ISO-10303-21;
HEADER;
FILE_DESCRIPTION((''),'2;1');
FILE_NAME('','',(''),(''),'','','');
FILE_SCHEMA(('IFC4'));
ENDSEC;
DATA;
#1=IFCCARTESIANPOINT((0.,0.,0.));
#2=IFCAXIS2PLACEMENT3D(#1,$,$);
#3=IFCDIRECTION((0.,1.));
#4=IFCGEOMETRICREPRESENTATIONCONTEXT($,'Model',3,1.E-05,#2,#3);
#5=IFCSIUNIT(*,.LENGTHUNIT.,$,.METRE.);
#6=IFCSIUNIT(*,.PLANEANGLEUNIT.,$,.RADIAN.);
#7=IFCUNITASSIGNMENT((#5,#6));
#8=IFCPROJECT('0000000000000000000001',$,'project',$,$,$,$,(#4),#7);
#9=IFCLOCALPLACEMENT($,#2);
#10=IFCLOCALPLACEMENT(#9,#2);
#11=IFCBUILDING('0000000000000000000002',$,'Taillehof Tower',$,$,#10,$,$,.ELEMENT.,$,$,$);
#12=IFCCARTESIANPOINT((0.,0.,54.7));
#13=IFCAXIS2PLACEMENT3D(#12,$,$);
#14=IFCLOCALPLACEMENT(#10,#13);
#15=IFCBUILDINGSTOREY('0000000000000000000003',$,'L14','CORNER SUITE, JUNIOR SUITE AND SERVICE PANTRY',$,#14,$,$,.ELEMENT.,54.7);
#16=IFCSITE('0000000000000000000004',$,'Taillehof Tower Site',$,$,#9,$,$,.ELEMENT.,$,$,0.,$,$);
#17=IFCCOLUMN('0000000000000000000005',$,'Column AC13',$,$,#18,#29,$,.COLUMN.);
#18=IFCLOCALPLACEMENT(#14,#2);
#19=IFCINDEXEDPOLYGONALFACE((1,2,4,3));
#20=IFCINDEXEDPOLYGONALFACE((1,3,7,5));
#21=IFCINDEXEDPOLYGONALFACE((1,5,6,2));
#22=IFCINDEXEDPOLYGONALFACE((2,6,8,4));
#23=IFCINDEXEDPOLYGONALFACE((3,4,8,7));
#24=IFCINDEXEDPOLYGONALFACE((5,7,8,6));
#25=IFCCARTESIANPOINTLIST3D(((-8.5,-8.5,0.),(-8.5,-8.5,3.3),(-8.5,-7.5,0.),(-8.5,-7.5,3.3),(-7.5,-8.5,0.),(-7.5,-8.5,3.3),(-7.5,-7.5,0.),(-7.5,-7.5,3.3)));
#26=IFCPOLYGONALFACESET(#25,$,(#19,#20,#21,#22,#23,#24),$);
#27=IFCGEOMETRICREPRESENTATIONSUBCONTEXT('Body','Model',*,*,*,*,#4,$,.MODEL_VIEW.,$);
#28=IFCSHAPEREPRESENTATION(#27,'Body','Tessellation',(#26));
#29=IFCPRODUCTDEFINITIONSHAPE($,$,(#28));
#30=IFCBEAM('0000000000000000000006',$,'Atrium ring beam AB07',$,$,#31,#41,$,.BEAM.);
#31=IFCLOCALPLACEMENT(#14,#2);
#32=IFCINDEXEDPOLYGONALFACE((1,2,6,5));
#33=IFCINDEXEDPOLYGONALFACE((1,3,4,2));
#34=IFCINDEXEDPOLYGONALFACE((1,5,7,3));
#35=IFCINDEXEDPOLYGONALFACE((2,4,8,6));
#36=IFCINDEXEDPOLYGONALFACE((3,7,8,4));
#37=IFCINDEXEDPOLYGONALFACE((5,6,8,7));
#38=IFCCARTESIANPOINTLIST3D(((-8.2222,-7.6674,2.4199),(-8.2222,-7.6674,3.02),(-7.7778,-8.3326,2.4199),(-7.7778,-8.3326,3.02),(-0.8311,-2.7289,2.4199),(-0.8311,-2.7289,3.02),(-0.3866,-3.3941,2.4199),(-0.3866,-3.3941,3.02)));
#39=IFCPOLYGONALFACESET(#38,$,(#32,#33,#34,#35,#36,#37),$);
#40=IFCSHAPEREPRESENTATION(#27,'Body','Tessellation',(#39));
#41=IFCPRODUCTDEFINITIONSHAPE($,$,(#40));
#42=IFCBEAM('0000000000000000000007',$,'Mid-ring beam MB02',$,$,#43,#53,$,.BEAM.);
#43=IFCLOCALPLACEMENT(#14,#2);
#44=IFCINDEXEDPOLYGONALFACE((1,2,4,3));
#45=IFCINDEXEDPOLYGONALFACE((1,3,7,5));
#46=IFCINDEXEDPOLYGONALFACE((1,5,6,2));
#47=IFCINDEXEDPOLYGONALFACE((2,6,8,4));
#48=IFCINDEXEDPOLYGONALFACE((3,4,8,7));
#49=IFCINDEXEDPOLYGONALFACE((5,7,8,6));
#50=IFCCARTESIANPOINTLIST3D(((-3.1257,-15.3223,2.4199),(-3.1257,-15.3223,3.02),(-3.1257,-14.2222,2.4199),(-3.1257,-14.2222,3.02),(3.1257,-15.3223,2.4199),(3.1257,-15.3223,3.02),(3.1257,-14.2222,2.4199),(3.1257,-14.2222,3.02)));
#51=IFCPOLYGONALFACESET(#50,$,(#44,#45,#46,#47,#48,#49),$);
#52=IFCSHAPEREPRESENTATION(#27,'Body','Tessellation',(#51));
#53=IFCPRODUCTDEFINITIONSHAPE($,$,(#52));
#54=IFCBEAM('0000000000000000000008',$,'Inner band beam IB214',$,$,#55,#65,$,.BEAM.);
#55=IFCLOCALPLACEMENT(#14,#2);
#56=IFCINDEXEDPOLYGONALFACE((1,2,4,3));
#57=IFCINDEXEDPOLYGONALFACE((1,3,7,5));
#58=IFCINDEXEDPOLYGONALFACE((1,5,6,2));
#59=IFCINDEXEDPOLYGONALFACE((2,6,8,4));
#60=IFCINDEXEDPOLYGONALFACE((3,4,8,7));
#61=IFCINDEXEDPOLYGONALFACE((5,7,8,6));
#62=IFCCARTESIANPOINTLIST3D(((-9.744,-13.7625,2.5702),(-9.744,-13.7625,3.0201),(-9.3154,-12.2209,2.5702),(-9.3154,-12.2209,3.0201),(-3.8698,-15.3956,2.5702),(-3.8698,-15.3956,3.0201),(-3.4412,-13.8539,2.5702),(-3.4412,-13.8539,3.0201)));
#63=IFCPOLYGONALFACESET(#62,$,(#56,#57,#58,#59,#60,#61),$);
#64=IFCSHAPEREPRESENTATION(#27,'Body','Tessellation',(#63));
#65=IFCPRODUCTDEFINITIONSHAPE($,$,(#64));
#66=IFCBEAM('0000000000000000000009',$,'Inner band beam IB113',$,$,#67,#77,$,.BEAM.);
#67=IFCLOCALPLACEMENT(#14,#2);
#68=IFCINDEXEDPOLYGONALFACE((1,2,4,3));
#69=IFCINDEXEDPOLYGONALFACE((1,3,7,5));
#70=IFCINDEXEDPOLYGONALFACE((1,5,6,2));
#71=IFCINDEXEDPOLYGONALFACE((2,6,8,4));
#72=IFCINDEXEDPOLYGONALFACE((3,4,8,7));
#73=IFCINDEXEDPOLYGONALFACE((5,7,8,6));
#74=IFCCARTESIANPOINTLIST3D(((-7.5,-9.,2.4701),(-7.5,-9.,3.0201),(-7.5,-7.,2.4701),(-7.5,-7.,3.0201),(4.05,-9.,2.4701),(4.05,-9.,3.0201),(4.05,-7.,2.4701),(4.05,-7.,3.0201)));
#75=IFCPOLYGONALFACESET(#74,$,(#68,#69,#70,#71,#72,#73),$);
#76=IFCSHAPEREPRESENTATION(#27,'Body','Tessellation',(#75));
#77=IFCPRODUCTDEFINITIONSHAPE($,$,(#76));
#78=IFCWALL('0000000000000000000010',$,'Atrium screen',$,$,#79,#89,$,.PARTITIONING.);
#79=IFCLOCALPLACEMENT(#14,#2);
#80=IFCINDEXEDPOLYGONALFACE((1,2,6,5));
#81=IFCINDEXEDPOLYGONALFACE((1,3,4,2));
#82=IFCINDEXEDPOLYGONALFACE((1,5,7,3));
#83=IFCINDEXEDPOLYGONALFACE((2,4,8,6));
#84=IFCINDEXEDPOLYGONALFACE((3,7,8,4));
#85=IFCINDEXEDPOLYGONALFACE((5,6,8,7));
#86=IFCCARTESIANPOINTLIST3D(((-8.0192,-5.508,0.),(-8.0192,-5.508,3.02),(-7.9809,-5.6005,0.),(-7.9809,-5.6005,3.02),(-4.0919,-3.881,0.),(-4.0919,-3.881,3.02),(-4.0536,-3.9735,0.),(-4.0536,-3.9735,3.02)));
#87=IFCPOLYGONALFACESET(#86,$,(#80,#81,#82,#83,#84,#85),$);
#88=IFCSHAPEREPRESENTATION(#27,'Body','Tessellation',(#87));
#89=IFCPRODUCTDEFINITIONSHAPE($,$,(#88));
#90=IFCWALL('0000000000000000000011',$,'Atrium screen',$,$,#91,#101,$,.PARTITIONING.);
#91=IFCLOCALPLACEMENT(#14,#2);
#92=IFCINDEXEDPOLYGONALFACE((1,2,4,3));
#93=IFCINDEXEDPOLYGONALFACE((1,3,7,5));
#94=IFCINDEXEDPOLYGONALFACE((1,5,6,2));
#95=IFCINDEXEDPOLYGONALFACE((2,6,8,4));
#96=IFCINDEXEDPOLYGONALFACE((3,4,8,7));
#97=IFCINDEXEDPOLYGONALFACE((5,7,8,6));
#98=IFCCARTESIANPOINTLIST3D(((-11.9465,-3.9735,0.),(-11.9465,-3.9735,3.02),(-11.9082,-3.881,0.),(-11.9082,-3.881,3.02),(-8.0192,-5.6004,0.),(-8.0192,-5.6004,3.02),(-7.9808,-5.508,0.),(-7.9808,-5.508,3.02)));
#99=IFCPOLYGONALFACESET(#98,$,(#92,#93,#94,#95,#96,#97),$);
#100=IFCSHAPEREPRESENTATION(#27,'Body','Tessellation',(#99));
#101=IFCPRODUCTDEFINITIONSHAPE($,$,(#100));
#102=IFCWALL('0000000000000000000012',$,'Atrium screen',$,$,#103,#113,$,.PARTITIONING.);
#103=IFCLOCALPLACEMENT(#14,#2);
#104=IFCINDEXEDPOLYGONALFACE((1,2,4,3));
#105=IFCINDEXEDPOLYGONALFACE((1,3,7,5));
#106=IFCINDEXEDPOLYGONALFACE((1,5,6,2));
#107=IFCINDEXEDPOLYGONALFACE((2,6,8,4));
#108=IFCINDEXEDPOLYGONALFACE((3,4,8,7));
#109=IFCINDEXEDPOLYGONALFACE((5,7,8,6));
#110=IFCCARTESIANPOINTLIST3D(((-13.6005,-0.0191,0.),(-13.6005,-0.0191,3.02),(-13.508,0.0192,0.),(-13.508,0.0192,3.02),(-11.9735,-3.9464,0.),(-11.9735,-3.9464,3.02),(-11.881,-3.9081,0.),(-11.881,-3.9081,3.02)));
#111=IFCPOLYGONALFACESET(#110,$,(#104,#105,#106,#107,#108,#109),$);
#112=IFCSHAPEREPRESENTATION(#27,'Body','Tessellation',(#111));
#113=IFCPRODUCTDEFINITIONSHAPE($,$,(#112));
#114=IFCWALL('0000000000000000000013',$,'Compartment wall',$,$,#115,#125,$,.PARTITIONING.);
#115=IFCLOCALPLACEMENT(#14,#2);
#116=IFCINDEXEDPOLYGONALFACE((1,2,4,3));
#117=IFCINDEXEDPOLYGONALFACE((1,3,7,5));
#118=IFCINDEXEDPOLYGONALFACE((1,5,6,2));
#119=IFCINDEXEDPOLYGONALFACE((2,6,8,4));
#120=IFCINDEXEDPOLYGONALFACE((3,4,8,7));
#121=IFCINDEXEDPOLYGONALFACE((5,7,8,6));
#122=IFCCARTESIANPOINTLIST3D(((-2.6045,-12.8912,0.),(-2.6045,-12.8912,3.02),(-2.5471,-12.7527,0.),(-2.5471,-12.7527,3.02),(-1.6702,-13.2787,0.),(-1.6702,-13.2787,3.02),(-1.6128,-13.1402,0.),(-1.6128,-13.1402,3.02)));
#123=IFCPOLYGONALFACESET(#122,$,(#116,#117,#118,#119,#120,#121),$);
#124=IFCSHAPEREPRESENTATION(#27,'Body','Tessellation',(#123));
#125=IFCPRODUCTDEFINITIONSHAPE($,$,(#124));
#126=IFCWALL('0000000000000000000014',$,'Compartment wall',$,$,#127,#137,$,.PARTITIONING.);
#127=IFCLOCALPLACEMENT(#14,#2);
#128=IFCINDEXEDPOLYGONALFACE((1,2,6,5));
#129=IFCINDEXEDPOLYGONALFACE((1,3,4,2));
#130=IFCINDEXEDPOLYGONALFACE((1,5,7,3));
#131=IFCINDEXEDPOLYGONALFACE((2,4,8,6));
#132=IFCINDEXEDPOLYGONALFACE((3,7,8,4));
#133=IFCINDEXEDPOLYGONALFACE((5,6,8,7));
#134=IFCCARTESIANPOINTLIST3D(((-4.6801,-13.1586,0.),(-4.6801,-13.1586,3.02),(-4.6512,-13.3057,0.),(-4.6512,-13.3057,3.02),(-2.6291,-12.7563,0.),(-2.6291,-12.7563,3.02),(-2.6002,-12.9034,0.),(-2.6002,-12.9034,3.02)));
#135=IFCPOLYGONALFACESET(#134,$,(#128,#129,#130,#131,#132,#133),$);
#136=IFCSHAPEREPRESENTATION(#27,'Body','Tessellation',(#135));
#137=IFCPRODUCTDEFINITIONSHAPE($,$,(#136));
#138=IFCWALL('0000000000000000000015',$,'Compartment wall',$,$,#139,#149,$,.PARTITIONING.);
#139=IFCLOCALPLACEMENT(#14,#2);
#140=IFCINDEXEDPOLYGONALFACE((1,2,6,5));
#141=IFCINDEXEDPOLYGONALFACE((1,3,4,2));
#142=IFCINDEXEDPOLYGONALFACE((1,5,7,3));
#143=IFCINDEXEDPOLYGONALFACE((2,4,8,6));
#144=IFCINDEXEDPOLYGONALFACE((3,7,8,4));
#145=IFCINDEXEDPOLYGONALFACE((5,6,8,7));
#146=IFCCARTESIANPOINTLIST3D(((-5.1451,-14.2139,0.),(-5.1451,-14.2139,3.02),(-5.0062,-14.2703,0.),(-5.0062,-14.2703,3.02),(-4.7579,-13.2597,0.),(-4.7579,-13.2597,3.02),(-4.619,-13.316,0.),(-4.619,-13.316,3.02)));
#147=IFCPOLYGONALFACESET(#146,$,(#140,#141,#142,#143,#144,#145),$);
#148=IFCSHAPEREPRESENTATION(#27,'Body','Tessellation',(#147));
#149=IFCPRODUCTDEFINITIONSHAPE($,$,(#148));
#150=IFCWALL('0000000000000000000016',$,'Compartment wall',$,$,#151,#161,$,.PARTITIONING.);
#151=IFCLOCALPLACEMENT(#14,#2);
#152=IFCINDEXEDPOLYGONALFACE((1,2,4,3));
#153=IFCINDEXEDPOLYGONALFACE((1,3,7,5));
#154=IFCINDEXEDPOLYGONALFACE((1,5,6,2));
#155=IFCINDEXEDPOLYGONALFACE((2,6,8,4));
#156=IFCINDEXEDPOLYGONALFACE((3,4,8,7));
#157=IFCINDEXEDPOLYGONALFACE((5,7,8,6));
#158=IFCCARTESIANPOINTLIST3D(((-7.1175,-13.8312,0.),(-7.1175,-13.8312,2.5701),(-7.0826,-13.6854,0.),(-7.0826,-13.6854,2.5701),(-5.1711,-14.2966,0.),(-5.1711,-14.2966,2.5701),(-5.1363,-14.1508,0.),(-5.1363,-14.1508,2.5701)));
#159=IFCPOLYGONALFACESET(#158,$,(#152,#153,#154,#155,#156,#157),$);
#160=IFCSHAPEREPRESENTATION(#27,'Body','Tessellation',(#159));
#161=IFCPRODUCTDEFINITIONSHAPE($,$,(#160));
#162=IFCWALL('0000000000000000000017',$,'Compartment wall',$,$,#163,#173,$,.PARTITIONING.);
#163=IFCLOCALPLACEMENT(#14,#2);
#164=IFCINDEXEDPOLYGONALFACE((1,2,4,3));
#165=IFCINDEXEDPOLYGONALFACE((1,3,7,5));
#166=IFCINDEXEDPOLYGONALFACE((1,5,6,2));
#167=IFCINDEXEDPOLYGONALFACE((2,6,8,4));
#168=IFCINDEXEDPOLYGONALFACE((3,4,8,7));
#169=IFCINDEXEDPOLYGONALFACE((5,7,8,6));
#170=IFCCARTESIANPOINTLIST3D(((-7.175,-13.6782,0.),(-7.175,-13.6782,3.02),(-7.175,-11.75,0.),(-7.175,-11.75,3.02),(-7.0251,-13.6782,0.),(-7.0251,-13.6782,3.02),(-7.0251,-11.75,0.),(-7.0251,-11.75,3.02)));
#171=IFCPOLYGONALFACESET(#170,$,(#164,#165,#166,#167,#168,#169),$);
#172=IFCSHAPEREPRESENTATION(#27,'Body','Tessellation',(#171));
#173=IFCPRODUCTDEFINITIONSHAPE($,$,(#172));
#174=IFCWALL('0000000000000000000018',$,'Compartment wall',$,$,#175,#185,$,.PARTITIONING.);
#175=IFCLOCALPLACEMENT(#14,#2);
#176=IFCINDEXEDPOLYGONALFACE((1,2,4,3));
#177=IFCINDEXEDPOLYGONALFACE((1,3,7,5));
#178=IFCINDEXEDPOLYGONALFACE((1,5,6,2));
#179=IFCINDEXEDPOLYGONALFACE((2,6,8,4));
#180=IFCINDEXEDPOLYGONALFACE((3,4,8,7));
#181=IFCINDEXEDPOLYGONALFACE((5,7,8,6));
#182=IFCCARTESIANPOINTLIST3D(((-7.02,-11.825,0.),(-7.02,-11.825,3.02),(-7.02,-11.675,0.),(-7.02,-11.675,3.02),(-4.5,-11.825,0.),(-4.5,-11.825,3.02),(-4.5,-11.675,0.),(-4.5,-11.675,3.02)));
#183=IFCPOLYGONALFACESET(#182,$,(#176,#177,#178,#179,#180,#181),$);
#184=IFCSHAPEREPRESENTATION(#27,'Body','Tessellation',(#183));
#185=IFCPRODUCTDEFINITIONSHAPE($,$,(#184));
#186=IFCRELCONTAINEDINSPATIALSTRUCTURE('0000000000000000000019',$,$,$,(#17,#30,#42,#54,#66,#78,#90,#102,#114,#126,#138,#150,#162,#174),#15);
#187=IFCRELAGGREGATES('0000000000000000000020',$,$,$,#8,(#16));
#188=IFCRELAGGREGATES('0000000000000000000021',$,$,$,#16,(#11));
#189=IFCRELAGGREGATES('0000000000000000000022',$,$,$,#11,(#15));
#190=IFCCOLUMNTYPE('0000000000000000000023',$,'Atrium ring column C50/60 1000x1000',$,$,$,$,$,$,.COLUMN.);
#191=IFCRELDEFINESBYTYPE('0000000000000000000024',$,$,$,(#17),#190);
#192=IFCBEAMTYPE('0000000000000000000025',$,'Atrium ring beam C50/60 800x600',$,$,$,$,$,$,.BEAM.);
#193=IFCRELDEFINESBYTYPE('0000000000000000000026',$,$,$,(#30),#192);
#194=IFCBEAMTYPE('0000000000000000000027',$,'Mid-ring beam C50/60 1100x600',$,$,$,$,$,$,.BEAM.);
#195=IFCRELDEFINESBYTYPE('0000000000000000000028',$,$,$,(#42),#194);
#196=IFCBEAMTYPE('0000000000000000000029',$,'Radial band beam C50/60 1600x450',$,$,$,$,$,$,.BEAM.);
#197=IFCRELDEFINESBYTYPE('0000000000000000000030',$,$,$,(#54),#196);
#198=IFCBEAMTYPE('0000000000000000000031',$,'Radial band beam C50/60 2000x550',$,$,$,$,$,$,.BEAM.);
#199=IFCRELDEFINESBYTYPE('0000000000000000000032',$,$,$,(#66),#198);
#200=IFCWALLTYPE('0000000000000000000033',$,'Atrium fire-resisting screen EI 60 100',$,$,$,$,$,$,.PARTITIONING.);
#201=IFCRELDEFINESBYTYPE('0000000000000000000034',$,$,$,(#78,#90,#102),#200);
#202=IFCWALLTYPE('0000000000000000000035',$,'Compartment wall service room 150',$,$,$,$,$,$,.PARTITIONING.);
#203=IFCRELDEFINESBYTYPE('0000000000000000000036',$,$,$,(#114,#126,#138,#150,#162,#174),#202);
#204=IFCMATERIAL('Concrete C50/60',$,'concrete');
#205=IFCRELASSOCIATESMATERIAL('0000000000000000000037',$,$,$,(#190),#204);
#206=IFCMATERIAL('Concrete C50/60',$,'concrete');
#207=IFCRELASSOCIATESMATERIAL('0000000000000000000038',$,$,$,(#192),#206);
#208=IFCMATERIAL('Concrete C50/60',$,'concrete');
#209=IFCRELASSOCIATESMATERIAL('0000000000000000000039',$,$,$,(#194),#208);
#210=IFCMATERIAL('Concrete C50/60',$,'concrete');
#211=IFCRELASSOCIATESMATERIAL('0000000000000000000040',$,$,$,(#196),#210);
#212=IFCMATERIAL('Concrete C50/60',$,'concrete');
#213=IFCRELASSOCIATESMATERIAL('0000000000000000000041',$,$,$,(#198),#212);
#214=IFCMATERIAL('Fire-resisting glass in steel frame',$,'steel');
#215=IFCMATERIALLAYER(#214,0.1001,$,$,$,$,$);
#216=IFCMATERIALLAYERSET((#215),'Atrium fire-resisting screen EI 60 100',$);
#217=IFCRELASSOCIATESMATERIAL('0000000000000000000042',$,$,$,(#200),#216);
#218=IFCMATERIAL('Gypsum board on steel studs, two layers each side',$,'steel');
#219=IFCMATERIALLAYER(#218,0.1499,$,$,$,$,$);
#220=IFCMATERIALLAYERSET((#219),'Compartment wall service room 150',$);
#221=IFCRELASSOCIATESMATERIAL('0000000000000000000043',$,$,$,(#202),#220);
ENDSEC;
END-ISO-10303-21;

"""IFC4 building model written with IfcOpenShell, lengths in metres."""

from ifc_helpers import new_model, si_unit, direction, frame, frame_2d, origin, origin_2d, place, context, subcontext, project, spatial, rectangle, extrude, material, layer, layer_set, material_profile, profile_set, type_object, element, save


model = new_model("IFC4")

# Units and contexts
model_context = context("Model", 3, precision=1e-05, world=origin(), true_north=direction((0.0, 1.0)))
body_context = subcontext(model_context, "Body", "Model", "MODEL_VIEW")
ifc_project = project(units=[si_unit("LENGTHUNIT", "METRE"), si_unit("PLANEANGLEUNIT", "RADIAN")], contexts=[model_context])

# Site, building, storey
site_placement = place(None, origin())
site = spatial("IfcSite", under=ifc_project, at=site_placement, Name="Taillehof Tower Site", CompositionType="ELEMENT", RefElevation=0.0)
building_placement = place(site_placement, origin())
building = spatial("IfcBuilding", under=site, at=building_placement, Name="Taillehof Tower", CompositionType="ELEMENT")
storey_placement = place(building_placement, frame((0.0, 0.0, 54.7)))
storey = spatial("IfcBuildingStorey", under=building, at=storey_placement, Name="L14", Description="CORNER SUITE, JUNIOR SUITE AND SERVICE PANTRY", CompositionType="ELEMENT", Elevation=54.7)

# Column
ifc_material_1 = material(Name="Concrete C50/60", Category="concrete")
ifc_material_profile_1 = material_profile(ifc_material_1, rectangle(XDim=1.0, YDim=1.0, at=origin_2d()), Name="RC 1000x1000")
ifc_profile_set_1 = profile_set([ifc_material_profile_1], Name="Concrete C50/60")
column_type = type_object("IfcColumnType", Name="Atrium ring column C50/60 1000x1000", PredefinedType="COLUMN", material=ifc_profile_set_1)
column_placement = place(storey_placement, frame((-8.0, -8.0, 0.0), z_axis=(0.0, 0.0, 1.0), x_axis=(1.0, 0.0, 0.0)))
element("IfcColumn", 1, at=column_placement, inside=storey, type_object=column_type, Name="Column AC13", PredefinedType="COLUMN", context=body_context, shape_type="SweptSolid", body=[
    extrude(rectangle(XDim=1.0, YDim=1.0, at=origin_2d()), origin(), (0.0, 0.0, 1.0), 3.3),
])

# Beams
ifc_material_2 = material(Name="Concrete C50/60", Category="concrete")
ifc_material_profile_2 = material_profile(ifc_material_2, rectangle(XDim=0.8, YDim=0.6001, at=origin_2d()), Name="RC 800x600")
ifc_profile_set_2 = profile_set([ifc_material_profile_2], Name="Concrete C50/60")
beam_type_1 = type_object("IfcBeamType", Name="Atrium ring beam C50/60 800x600", PredefinedType="BEAM", material=ifc_profile_set_2)
beam_1_placement = place(storey_placement, frame((-8.0, -8.0, 2.72), z_axis=(0.831475, 0.555562, 0.0), x_axis=(-0.555562, 0.831475, 0.0)))
element("IfcBeam", 2, at=beam_1_placement, inside=storey, type_object=beam_type_1, Name="Atrium ring beam AB07", PredefinedType="BEAM", context=body_context, shape_type="SweptSolid", body=[
    extrude(rectangle(XDim=0.8, YDim=0.6001, at=origin_2d()), origin(), (0.0, 0.0, 1.0), 8.8892),
])
ifc_material_3 = material(Name="Concrete C50/60", Category="concrete")
ifc_material_profile_3 = material_profile(ifc_material_3, rectangle(XDim=1.1001, YDim=0.6001, at=origin_2d()), Name="RC 1100x600")
ifc_profile_set_3 = profile_set([ifc_material_profile_3], Name="Concrete C50/60")
beam_type_2 = type_object("IfcBeamType", Name="Mid-ring beam C50/60 1100x600", PredefinedType="BEAM", material=ifc_profile_set_3)
beam_2_placement = place(storey_placement, frame((-3.1257, -14.7722, 2.72), z_axis=(1.0, 0.0, 0.0), x_axis=(0.0, 1.0, 0.0)))
element("IfcBeam", 3, at=beam_2_placement, inside=storey, type_object=beam_type_2, Name="Mid-ring beam MB02", PredefinedType="BEAM", context=body_context, shape_type="SweptSolid", body=[
    extrude(rectangle(XDim=1.1001, YDim=0.6001, at=origin_2d()), origin(), (0.0, 0.0, 1.0), 6.2515),
])
ifc_material_4 = material(Name="Concrete C50/60", Category="concrete")
ifc_material_profile_4 = material_profile(ifc_material_4, rectangle(XDim=1.6001, YDim=0.45, at=origin_2d()), Name="RC 1600x450")
ifc_profile_set_4 = profile_set([ifc_material_profile_4], Name="Concrete C50/60")
beam_type_3 = type_object("IfcBeamType", Name="Radial band beam C50/60 1600x450", PredefinedType="BEAM", material=ifc_profile_set_4)
beam_3_placement = place(storey_placement, frame((-3.6555, -14.6248, 2.7952), z_axis=(-0.963459, 0.267855, 0.0), x_axis=(-0.267855, -0.963459, 0.0)))
element("IfcBeam", 4, at=beam_3_placement, inside=storey, type_object=beam_type_3, Name="Inner band beam IB214", PredefinedType="BEAM", context=body_context, shape_type="SweptSolid", body=[
    extrude(rectangle(XDim=1.6001, YDim=0.45, at=origin_2d()), origin(), (0.0, 0.0, 1.0), 6.0969),
])
ifc_material_5 = material(Name="Concrete C50/60", Category="concrete")
ifc_material_profile_5 = material_profile(ifc_material_5, rectangle(XDim=2.0, YDim=0.55, at=origin_2d()), Name="RC 2000x550")
ifc_profile_set_5 = profile_set([ifc_material_profile_5], Name="Concrete C50/60")
beam_type_4 = type_object("IfcBeamType", Name="Radial band beam C50/60 2000x550", PredefinedType="BEAM", material=ifc_profile_set_5)
beam_4_placement = place(storey_placement, frame((-7.5, -8.0, 2.7451), z_axis=(1.0, 0.0, 0.0), x_axis=(0.0, 1.0, 0.0)))
element("IfcBeam", 5, at=beam_4_placement, inside=storey, type_object=beam_type_4, Name="Inner band beam IB113", PredefinedType="BEAM", context=body_context, shape_type="SweptSolid", body=[
    extrude(rectangle(XDim=2.0, YDim=0.55, at=origin_2d()), origin(), (0.0, 0.0, 1.0), 11.55),
])

# Walls
ifc_material_6 = material(Name="Fire-resisting glass in steel frame", Category="steel")
ifc_layer_1 = layer(ifc_material_6, 0.1001)
ifc_layer_set_1 = layer_set([ifc_layer_1], Name="Atrium fire-resisting screen EI 60 100")
wall_type_1 = type_object("IfcWallType", Name="Atrium fire-resisting screen EI 60 100", PredefinedType="PARTITIONING", material=ifc_layer_set_1)
for number, where, z_axis, x_axis, name in (
    (6, (-4.0728, -3.9272, 0.0), (0.0, 0.0, 1.0), (-0.92386, -0.382731, 0.0), "Atrium screen"),
    (7, (-8.0, -5.5542, 0.0), (0.0, 0.0, 1.0), (-0.92386, 0.382731, 0.0), "Atrium screen"),
    (8, (-11.9272, -3.9272, 0.0), (0.0, 0.0, 1.0), (-0.382731, 0.92386, 0.0), "Atrium screen"),
):
    element("IfcWall", number, at=place(storey_placement, frame(where, z_axis=z_axis, x_axis=x_axis)), inside=storey, type_object=wall_type_1, Name=name, PredefinedType="PARTITIONING", context=body_context, shape_type="SweptSolid", body=[
        extrude(rectangle(XDim=4.251, YDim=0.1001, at=frame_2d((2.1255, 0.0))), origin(), (0.0, 0.0, 1.0), 3.02),
    ])
ifc_material_7 = material(Name="Gypsum board on steel studs, two layers each side", Category="steel")
ifc_layer_2 = layer(ifc_material_7, 0.1499)
ifc_layer_set_2 = layer_set([ifc_layer_2], Name="Compartment wall service room 150")
wall_type_2 = type_object("IfcWallType", Name="Compartment wall service room 150", PredefinedType="PARTITIONING", material=ifc_layer_set_2)
wall_1_placement = place(storey_placement, frame((-1.6414, -13.2095, 0.0), z_axis=(0.0, 0.0, 1.0), x_axis=(-0.923725, 0.383055, 0.0)))
element("IfcWall", 9, at=wall_1_placement, inside=storey, type_object=wall_type_2, Name="Compartment wall", PredefinedType="PARTITIONING", context=body_context, shape_type="SweptSolid", body=[
    extrude(rectangle(XDim=1.0115, YDim=0.1499, at=frame_2d((0.5059, 0.0))), origin(), (0.0, 0.0, 1.0), 3.02),
])
wall_2_placement = place(storey_placement, frame((-2.6147, -12.8298, 0.0), z_axis=(0.0, 0.0, 1.0), x_axis=(-0.981297, -0.192498, 0.0)))
element("IfcWall", 10, at=wall_2_placement, inside=storey, type_object=wall_type_2, Name="Compartment wall", PredefinedType="PARTITIONING", context=body_context, shape_type="SweptSolid", body=[
    extrude(rectangle(XDim=2.0901, YDim=0.1499, at=frame_2d((1.0449, 0.0))), origin(), (0.0, 0.0, 1.0), 3.02),
])
wall_3_placement = place(storey_placement, frame((-4.6885, -13.2878, 0.0), z_axis=(0.0, 0.0, 1.0), x_axis=(-0.375964, -0.926634, 0.0)))
element("IfcWall", 11, at=wall_3_placement, inside=storey, type_object=wall_type_2, Name="Compartment wall", PredefinedType="PARTITIONING", context=body_context, shape_type="SweptSolid", body=[
    extrude(rectangle(XDim=1.0298, YDim=0.1499, at=frame_2d((0.5149, 0.0))), origin(), (0.0, 0.0, 1.0), 3.02),
])
wall_4_placement = place(storey_placement, frame((-5.1538, -14.2236, 0.0), z_axis=(0.0, 0.0, 1.0), x_axis=(-0.972588, 0.232533, 0.0)))
element("IfcWall", 12, at=wall_4_placement, inside=storey, type_object=wall_type_2, Name="Compartment wall", PredefinedType="PARTITIONING", context=body_context, shape_type="SweptSolid", body=[
    extrude(rectangle(XDim=2.0012, YDim=0.1499, at=frame_2d((1.0005, 0.0))), origin(), (0.0, 0.0, 1.0), 2.5701),
])
wall_5_placement = place(storey_placement, frame((-7.1001, -13.6782, 0.0), z_axis=(0.0, 0.0, 1.0), x_axis=(0.0, 1.0, 0.0)))
element("IfcWall", 13, at=wall_5_placement, inside=storey, type_object=wall_type_2, Name="Compartment wall", PredefinedType="PARTITIONING", context=body_context, shape_type="SweptSolid", body=[
    extrude(rectangle(XDim=1.9282, YDim=0.1499, at=frame_2d((0.9641, 0.0))), origin(), (0.0, 0.0, 1.0), 3.02),
])
wall_6_placement = place(storey_placement, frame((-7.02, -11.75, 0.0), z_axis=(0.0, 0.0, 1.0), x_axis=(1.0, 0.0, 0.0)))
element("IfcWall", 14, at=wall_6_placement, inside=storey, type_object=wall_type_2, Name="Compartment wall", PredefinedType="PARTITIONING", context=body_context, shape_type="SweptSolid", body=[
    extrude(rectangle(XDim=2.52, YDim=0.1499, at=frame_2d((1.26, 0.0))), origin(), (0.0, 0.0, 1.0), 3.02),
])

save(model, "model.ifc")
